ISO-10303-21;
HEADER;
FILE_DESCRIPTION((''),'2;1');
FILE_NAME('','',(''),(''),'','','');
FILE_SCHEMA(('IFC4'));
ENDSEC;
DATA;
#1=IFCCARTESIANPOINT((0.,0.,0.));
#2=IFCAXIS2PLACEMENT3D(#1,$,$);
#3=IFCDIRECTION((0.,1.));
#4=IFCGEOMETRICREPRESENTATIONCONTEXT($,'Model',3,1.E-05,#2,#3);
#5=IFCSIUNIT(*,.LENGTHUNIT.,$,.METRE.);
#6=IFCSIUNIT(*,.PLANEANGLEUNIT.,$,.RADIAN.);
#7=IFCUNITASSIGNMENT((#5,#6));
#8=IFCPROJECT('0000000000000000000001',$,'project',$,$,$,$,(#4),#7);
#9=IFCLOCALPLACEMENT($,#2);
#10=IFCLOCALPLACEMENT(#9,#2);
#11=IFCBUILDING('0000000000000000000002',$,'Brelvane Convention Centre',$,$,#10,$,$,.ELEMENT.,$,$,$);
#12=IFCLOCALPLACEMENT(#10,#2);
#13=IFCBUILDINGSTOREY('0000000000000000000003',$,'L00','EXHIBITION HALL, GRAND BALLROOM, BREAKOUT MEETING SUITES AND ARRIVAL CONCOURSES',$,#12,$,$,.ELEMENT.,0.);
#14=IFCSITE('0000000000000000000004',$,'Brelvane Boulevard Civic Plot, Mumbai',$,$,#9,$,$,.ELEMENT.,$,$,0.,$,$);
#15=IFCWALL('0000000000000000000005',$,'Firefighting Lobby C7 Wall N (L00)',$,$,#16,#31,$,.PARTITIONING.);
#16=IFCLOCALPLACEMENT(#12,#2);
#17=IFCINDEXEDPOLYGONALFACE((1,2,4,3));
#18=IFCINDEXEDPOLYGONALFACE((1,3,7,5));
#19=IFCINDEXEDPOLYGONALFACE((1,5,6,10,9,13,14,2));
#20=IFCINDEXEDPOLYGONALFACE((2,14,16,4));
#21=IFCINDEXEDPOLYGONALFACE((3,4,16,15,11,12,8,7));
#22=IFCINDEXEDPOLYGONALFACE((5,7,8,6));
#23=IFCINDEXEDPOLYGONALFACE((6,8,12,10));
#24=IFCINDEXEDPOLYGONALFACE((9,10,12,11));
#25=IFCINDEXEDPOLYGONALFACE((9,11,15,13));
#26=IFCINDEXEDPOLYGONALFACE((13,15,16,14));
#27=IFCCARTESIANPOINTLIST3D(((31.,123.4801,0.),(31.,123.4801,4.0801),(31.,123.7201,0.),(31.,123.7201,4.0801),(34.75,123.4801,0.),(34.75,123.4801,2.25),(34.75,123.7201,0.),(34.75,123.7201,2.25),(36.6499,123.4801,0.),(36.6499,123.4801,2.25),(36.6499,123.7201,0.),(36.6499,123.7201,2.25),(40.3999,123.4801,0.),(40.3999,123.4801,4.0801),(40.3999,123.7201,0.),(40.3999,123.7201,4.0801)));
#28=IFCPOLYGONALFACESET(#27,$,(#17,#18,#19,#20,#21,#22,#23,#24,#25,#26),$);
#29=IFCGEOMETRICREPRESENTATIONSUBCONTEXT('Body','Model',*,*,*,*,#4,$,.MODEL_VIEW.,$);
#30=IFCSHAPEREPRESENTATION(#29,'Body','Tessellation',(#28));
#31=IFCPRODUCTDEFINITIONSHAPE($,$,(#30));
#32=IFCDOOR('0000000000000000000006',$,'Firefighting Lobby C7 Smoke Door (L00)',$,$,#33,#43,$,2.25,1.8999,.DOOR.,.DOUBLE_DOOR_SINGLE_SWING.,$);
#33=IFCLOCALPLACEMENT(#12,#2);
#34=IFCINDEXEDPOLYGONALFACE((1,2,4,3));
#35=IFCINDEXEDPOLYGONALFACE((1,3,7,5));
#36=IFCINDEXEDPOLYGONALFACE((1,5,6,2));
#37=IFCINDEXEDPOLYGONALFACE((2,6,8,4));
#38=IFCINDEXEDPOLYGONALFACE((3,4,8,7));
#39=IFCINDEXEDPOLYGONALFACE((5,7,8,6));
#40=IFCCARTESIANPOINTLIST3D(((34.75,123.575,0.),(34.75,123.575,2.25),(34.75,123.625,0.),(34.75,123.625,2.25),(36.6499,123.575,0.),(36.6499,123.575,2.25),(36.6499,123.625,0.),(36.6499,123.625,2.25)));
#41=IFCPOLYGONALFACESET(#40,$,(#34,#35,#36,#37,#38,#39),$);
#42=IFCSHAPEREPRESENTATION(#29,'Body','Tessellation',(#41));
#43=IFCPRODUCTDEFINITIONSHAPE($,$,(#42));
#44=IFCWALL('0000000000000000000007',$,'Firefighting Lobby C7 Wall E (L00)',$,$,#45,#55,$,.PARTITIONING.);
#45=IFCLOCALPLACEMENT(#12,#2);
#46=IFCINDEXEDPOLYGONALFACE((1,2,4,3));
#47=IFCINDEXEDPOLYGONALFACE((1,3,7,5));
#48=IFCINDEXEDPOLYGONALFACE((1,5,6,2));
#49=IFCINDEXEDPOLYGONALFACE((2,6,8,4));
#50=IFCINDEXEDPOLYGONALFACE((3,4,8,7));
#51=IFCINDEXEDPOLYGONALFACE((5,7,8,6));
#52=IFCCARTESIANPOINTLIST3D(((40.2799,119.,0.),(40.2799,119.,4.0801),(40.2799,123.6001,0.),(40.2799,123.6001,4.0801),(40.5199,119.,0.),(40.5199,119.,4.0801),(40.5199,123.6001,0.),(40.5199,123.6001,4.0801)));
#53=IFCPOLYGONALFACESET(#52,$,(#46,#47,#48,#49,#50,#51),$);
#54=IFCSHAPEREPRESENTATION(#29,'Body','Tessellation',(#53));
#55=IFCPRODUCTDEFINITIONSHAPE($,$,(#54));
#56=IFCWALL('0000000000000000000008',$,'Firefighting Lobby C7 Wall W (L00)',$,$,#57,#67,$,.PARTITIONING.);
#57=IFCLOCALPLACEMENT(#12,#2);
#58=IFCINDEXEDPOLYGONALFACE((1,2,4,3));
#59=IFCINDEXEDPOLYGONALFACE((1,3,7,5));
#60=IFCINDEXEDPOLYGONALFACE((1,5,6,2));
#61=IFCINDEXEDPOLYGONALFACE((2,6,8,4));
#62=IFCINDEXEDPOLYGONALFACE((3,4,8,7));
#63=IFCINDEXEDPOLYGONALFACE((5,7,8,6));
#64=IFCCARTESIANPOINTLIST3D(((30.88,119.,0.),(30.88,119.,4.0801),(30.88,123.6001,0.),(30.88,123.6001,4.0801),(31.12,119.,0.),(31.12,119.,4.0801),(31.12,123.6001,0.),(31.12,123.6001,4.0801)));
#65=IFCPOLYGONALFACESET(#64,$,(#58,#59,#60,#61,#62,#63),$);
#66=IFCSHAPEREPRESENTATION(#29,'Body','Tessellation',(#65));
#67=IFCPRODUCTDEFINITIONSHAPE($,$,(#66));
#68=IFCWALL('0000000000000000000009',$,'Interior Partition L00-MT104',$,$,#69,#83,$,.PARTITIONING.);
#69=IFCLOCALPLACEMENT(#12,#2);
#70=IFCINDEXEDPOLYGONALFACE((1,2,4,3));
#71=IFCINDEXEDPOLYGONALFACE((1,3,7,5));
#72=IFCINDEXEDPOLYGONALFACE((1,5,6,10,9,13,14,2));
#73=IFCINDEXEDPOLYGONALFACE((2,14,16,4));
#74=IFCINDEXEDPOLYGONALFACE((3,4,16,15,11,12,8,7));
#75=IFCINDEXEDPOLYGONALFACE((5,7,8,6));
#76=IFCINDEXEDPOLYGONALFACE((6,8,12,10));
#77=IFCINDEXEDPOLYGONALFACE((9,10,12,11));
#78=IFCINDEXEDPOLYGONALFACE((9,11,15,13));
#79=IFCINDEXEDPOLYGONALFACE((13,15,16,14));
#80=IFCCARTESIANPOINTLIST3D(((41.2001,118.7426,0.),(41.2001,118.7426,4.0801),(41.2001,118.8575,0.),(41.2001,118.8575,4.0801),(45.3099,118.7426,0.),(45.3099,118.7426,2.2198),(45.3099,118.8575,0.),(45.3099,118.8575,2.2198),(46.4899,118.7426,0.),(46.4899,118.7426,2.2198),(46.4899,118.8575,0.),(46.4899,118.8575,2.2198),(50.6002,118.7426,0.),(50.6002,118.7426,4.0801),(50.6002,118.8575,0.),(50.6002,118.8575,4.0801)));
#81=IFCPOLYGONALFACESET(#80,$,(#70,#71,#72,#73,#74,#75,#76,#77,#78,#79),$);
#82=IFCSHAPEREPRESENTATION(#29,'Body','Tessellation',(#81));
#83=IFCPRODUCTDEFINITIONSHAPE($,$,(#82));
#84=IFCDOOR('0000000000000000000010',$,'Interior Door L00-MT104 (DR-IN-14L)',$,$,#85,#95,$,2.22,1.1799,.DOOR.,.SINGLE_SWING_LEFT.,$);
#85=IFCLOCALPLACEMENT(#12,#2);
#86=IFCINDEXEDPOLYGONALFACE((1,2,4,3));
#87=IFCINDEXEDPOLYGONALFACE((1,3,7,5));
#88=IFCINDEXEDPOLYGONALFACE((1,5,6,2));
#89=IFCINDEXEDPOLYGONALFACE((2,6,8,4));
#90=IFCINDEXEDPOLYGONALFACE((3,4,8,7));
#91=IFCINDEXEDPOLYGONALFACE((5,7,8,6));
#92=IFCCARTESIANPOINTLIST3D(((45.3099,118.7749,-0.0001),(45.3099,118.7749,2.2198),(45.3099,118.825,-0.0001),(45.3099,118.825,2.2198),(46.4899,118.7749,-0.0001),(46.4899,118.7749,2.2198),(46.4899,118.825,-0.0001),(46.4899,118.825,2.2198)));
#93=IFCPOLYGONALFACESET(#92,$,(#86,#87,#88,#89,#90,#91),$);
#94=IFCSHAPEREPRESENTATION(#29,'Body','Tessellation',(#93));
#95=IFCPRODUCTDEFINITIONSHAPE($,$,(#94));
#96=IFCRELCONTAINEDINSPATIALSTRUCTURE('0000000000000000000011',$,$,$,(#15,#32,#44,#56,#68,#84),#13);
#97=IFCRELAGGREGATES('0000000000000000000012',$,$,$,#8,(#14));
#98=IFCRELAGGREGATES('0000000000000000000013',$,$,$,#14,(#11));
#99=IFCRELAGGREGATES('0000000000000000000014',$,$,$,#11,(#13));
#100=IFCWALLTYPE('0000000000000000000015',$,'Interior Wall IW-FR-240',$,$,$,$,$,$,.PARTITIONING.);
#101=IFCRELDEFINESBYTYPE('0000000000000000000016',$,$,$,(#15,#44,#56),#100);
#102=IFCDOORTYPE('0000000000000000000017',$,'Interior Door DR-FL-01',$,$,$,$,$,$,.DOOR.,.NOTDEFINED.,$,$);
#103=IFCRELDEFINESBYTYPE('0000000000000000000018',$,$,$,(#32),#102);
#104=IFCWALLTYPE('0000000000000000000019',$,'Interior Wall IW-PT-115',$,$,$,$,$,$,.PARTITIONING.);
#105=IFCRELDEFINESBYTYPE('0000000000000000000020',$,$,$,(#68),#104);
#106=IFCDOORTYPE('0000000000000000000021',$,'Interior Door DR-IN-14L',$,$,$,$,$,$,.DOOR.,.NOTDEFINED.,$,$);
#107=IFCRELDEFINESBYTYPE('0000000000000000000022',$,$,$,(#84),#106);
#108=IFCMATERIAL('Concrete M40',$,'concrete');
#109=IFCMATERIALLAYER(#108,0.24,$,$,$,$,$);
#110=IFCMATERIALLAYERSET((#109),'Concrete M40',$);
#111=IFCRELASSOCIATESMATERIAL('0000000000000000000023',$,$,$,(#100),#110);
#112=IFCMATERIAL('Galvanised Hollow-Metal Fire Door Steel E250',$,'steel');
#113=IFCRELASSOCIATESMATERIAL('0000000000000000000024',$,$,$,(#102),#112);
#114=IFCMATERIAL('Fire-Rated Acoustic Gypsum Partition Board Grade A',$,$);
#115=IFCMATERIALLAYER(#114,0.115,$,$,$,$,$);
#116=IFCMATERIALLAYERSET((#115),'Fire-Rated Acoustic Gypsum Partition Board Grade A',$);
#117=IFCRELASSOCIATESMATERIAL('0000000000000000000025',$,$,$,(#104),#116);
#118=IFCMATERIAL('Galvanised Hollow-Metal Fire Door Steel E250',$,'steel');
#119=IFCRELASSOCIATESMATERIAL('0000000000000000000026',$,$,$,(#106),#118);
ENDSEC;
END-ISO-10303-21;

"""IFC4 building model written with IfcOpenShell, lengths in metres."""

from ifc_helpers import new_model, si_unit, direction, frame, frame_2d, origin, place, context, subcontext, project, spatial, rectangle, extrude, material, layer, layer_set, type_object, element, fill, save


model = new_model("IFC4")

# Units and contexts
model_context = context("Model", 3, precision=1e-05, world=origin(), true_north=direction((0.0, 1.0)))
body_context = subcontext(model_context, "Body", "Model", "MODEL_VIEW")
ifc_project = project(units=[si_unit("LENGTHUNIT", "METRE"), si_unit("PLANEANGLEUNIT", "RADIAN")], contexts=[model_context])

# Site, building, storey
site_placement = place(None, origin())
site = spatial("IfcSite", under=ifc_project, at=site_placement, Name="Brelvane Boulevard Civic Plot, Mumbai", CompositionType="ELEMENT", RefElevation=0.0)
building_placement = place(site_placement, origin())
building = spatial("IfcBuilding", under=site, at=building_placement, Name="Brelvane Convention Centre", CompositionType="ELEMENT")
storey_placement = place(building_placement, origin())
storey = spatial("IfcBuildingStorey", under=building, at=storey_placement, Name="L00", Description="EXHIBITION HALL, GRAND BALLROOM, BREAKOUT MEETING SUITES AND ARRIVAL CONCOURSES", CompositionType="ELEMENT", Elevation=0.0)

# Wall, opening, door
ifc_material_1 = material(Name="Concrete M40", Category="concrete")
ifc_layer_1 = layer(ifc_material_1, 0.24)
ifc_layer_set_1 = layer_set([ifc_layer_1], Name="Concrete M40")
wall_type_1 = type_object("IfcWallType", Name="Interior Wall IW-FR-240", PredefinedType="PARTITIONING", material=ifc_layer_set_1)
wall_1_placement = place(storey_placement, frame((31.0, 123.6001, 0.0), z_axis=(0.0, 0.0, 1.0), x_axis=(1.0, 0.0, 0.0)))
wall_1 = element("IfcWall", 1, at=wall_1_placement, inside=storey, type_object=wall_type_1, Name="Firefighting Lobby C7 Wall N (L00)", PredefinedType="PARTITIONING", context=body_context, shape_type="SweptSolid", body=[
    extrude(rectangle(XDim=9.3999, YDim=0.24, at=frame_2d((4.7, 0.0))), origin(), (0.0, 0.0, 1.0), 4.0801),
])
opening_1_placement = place(wall_1_placement, frame((3.75, 0.0, 0.0)))
opening_1 = element("IfcOpeningElement", 2, at=opening_1_placement, cuts=wall_1, PredefinedType="OPENING", context=body_context, shape_type="SweptSolid", body=[
    extrude(rectangle(XDim=1.8999, YDim=2.25, at=frame_2d((0.95, 1.125))), frame((0.0, 0.1299, 0.0), z_axis=(0.0, -1.0, 0.0), x_axis=(1.0, 0.0, 0.0)), (0.0, 0.0, 1.0), 0.26),
])
ifc_material_2 = material(Name="Galvanised Hollow-Metal Fire Door Steel E250", Category="steel")
door_type_1 = type_object("IfcDoorType", Name="Interior Door DR-FL-01", OperationType="NOTDEFINED", PredefinedType="DOOR", material=ifc_material_2)
door_1_placement = place(opening_1_placement, origin())
door_1 = element("IfcDoor", 3, at=door_1_placement, inside=storey, type_object=door_type_1, Name="Firefighting Lobby C7 Smoke Door (L00)", OperationType="DOUBLE_DOOR_SINGLE_SWING", OverallHeight=2.25, OverallWidth=1.8999, PredefinedType="DOOR", context=body_context, shape_type="SweptSolid", body=[
    extrude(rectangle(XDim=1.8999, YDim=2.25, at=frame_2d((0.95, 1.125))), frame((0.0, 0.0249, 0.0), z_axis=(0.0, -1.0, 0.0), x_axis=(1.0, 0.0, 0.0)), (0.0, 0.0, 1.0), 0.05),
])
fill(opening_1, door_1)

# Walls
for number, where, z_axis, x_axis, name in (
    (4, (40.3999, 119.0, 0.0), (0.0, 0.0, 1.0), (0.0, 1.0, 0.0), "Firefighting Lobby C7 Wall E (L00)"),
    (5, (31.0, 119.0, 0.0), (0.0, 0.0, 1.0), (0.0, 1.0, 0.0), "Firefighting Lobby C7 Wall W (L00)"),
):
    element("IfcWall", number, at=place(storey_placement, frame(where, z_axis=z_axis, x_axis=x_axis)), inside=storey, type_object=wall_type_1, Name=name, PredefinedType="PARTITIONING", context=body_context, shape_type="SweptSolid", body=[
        extrude(rectangle(XDim=4.6001, YDim=0.24, at=frame_2d((2.3, 0.0))), origin(), (0.0, 0.0, 1.0), 4.0801),
    ])

# Wall, opening, door
ifc_material_3 = material(Name="Fire-Rated Acoustic Gypsum Partition Board Grade A")
ifc_layer_2 = layer(ifc_material_3, 0.115)
ifc_layer_set_2 = layer_set([ifc_layer_2], Name="Fire-Rated Acoustic Gypsum Partition Board Grade A")
wall_type_2 = type_object("IfcWallType", Name="Interior Wall IW-PT-115", PredefinedType="PARTITIONING", material=ifc_layer_set_2)
wall_2_placement = place(storey_placement, frame((41.2, 118.8, 0.0), z_axis=(0.0, 0.0, 1.0), x_axis=(1.0, 0.0, 0.0)))
wall_2 = element("IfcWall", 6, at=wall_2_placement, inside=storey, type_object=wall_type_2, Name="Interior Partition L00-MT104", PredefinedType="PARTITIONING", context=body_context, shape_type="SweptSolid", body=[
    extrude(rectangle(XDim=9.4001, YDim=0.115, at=frame_2d((4.7002, 0.0))), origin(), (0.0, 0.0, 1.0), 4.0801),
])
opening_2_placement = place(wall_2_placement, frame((4.1101, 0.0, 0.0)))
opening_2 = element("IfcOpeningElement", 7, at=opening_2_placement, cuts=wall_2, PredefinedType="OPENING", context=body_context, shape_type="SweptSolid", body=[
    extrude(rectangle(XDim=1.1799, YDim=2.22, at=frame_2d((0.5898, 1.1099))), frame((0.0, 0.0674, 0.0), z_axis=(0.0, -1.0, 0.0), x_axis=(1.0, 0.0, 0.0)), (0.0, 0.0, 1.0), 0.135),
])
ifc_material_4 = material(Name="Galvanised Hollow-Metal Fire Door Steel E250", Category="steel")
door_type_2 = type_object("IfcDoorType", Name="Interior Door DR-IN-14L", OperationType="NOTDEFINED", PredefinedType="DOOR", material=ifc_material_4)
door_2_placement = place(opening_2_placement, origin())
door_2 = element("IfcDoor", 8, at=door_2_placement, inside=storey, type_object=door_type_2, Name="Interior Door L00-MT104 (DR-IN-14L)", OperationType="SINGLE_SWING_LEFT", OverallHeight=2.22, OverallWidth=1.1799, PredefinedType="DOOR", context=body_context, shape_type="SweptSolid", body=[
    extrude(rectangle(XDim=1.1799, YDim=2.22, at=frame_2d((0.5898, 1.1099))), frame((0.0, 0.0249, 0.0), z_axis=(0.0, -1.0, 0.0), x_axis=(1.0, 0.0, 0.0)), (0.0, 0.0, 1.0), 0.05),
])
fill(opening_2, door_2)

save(model, "model.ifc")
